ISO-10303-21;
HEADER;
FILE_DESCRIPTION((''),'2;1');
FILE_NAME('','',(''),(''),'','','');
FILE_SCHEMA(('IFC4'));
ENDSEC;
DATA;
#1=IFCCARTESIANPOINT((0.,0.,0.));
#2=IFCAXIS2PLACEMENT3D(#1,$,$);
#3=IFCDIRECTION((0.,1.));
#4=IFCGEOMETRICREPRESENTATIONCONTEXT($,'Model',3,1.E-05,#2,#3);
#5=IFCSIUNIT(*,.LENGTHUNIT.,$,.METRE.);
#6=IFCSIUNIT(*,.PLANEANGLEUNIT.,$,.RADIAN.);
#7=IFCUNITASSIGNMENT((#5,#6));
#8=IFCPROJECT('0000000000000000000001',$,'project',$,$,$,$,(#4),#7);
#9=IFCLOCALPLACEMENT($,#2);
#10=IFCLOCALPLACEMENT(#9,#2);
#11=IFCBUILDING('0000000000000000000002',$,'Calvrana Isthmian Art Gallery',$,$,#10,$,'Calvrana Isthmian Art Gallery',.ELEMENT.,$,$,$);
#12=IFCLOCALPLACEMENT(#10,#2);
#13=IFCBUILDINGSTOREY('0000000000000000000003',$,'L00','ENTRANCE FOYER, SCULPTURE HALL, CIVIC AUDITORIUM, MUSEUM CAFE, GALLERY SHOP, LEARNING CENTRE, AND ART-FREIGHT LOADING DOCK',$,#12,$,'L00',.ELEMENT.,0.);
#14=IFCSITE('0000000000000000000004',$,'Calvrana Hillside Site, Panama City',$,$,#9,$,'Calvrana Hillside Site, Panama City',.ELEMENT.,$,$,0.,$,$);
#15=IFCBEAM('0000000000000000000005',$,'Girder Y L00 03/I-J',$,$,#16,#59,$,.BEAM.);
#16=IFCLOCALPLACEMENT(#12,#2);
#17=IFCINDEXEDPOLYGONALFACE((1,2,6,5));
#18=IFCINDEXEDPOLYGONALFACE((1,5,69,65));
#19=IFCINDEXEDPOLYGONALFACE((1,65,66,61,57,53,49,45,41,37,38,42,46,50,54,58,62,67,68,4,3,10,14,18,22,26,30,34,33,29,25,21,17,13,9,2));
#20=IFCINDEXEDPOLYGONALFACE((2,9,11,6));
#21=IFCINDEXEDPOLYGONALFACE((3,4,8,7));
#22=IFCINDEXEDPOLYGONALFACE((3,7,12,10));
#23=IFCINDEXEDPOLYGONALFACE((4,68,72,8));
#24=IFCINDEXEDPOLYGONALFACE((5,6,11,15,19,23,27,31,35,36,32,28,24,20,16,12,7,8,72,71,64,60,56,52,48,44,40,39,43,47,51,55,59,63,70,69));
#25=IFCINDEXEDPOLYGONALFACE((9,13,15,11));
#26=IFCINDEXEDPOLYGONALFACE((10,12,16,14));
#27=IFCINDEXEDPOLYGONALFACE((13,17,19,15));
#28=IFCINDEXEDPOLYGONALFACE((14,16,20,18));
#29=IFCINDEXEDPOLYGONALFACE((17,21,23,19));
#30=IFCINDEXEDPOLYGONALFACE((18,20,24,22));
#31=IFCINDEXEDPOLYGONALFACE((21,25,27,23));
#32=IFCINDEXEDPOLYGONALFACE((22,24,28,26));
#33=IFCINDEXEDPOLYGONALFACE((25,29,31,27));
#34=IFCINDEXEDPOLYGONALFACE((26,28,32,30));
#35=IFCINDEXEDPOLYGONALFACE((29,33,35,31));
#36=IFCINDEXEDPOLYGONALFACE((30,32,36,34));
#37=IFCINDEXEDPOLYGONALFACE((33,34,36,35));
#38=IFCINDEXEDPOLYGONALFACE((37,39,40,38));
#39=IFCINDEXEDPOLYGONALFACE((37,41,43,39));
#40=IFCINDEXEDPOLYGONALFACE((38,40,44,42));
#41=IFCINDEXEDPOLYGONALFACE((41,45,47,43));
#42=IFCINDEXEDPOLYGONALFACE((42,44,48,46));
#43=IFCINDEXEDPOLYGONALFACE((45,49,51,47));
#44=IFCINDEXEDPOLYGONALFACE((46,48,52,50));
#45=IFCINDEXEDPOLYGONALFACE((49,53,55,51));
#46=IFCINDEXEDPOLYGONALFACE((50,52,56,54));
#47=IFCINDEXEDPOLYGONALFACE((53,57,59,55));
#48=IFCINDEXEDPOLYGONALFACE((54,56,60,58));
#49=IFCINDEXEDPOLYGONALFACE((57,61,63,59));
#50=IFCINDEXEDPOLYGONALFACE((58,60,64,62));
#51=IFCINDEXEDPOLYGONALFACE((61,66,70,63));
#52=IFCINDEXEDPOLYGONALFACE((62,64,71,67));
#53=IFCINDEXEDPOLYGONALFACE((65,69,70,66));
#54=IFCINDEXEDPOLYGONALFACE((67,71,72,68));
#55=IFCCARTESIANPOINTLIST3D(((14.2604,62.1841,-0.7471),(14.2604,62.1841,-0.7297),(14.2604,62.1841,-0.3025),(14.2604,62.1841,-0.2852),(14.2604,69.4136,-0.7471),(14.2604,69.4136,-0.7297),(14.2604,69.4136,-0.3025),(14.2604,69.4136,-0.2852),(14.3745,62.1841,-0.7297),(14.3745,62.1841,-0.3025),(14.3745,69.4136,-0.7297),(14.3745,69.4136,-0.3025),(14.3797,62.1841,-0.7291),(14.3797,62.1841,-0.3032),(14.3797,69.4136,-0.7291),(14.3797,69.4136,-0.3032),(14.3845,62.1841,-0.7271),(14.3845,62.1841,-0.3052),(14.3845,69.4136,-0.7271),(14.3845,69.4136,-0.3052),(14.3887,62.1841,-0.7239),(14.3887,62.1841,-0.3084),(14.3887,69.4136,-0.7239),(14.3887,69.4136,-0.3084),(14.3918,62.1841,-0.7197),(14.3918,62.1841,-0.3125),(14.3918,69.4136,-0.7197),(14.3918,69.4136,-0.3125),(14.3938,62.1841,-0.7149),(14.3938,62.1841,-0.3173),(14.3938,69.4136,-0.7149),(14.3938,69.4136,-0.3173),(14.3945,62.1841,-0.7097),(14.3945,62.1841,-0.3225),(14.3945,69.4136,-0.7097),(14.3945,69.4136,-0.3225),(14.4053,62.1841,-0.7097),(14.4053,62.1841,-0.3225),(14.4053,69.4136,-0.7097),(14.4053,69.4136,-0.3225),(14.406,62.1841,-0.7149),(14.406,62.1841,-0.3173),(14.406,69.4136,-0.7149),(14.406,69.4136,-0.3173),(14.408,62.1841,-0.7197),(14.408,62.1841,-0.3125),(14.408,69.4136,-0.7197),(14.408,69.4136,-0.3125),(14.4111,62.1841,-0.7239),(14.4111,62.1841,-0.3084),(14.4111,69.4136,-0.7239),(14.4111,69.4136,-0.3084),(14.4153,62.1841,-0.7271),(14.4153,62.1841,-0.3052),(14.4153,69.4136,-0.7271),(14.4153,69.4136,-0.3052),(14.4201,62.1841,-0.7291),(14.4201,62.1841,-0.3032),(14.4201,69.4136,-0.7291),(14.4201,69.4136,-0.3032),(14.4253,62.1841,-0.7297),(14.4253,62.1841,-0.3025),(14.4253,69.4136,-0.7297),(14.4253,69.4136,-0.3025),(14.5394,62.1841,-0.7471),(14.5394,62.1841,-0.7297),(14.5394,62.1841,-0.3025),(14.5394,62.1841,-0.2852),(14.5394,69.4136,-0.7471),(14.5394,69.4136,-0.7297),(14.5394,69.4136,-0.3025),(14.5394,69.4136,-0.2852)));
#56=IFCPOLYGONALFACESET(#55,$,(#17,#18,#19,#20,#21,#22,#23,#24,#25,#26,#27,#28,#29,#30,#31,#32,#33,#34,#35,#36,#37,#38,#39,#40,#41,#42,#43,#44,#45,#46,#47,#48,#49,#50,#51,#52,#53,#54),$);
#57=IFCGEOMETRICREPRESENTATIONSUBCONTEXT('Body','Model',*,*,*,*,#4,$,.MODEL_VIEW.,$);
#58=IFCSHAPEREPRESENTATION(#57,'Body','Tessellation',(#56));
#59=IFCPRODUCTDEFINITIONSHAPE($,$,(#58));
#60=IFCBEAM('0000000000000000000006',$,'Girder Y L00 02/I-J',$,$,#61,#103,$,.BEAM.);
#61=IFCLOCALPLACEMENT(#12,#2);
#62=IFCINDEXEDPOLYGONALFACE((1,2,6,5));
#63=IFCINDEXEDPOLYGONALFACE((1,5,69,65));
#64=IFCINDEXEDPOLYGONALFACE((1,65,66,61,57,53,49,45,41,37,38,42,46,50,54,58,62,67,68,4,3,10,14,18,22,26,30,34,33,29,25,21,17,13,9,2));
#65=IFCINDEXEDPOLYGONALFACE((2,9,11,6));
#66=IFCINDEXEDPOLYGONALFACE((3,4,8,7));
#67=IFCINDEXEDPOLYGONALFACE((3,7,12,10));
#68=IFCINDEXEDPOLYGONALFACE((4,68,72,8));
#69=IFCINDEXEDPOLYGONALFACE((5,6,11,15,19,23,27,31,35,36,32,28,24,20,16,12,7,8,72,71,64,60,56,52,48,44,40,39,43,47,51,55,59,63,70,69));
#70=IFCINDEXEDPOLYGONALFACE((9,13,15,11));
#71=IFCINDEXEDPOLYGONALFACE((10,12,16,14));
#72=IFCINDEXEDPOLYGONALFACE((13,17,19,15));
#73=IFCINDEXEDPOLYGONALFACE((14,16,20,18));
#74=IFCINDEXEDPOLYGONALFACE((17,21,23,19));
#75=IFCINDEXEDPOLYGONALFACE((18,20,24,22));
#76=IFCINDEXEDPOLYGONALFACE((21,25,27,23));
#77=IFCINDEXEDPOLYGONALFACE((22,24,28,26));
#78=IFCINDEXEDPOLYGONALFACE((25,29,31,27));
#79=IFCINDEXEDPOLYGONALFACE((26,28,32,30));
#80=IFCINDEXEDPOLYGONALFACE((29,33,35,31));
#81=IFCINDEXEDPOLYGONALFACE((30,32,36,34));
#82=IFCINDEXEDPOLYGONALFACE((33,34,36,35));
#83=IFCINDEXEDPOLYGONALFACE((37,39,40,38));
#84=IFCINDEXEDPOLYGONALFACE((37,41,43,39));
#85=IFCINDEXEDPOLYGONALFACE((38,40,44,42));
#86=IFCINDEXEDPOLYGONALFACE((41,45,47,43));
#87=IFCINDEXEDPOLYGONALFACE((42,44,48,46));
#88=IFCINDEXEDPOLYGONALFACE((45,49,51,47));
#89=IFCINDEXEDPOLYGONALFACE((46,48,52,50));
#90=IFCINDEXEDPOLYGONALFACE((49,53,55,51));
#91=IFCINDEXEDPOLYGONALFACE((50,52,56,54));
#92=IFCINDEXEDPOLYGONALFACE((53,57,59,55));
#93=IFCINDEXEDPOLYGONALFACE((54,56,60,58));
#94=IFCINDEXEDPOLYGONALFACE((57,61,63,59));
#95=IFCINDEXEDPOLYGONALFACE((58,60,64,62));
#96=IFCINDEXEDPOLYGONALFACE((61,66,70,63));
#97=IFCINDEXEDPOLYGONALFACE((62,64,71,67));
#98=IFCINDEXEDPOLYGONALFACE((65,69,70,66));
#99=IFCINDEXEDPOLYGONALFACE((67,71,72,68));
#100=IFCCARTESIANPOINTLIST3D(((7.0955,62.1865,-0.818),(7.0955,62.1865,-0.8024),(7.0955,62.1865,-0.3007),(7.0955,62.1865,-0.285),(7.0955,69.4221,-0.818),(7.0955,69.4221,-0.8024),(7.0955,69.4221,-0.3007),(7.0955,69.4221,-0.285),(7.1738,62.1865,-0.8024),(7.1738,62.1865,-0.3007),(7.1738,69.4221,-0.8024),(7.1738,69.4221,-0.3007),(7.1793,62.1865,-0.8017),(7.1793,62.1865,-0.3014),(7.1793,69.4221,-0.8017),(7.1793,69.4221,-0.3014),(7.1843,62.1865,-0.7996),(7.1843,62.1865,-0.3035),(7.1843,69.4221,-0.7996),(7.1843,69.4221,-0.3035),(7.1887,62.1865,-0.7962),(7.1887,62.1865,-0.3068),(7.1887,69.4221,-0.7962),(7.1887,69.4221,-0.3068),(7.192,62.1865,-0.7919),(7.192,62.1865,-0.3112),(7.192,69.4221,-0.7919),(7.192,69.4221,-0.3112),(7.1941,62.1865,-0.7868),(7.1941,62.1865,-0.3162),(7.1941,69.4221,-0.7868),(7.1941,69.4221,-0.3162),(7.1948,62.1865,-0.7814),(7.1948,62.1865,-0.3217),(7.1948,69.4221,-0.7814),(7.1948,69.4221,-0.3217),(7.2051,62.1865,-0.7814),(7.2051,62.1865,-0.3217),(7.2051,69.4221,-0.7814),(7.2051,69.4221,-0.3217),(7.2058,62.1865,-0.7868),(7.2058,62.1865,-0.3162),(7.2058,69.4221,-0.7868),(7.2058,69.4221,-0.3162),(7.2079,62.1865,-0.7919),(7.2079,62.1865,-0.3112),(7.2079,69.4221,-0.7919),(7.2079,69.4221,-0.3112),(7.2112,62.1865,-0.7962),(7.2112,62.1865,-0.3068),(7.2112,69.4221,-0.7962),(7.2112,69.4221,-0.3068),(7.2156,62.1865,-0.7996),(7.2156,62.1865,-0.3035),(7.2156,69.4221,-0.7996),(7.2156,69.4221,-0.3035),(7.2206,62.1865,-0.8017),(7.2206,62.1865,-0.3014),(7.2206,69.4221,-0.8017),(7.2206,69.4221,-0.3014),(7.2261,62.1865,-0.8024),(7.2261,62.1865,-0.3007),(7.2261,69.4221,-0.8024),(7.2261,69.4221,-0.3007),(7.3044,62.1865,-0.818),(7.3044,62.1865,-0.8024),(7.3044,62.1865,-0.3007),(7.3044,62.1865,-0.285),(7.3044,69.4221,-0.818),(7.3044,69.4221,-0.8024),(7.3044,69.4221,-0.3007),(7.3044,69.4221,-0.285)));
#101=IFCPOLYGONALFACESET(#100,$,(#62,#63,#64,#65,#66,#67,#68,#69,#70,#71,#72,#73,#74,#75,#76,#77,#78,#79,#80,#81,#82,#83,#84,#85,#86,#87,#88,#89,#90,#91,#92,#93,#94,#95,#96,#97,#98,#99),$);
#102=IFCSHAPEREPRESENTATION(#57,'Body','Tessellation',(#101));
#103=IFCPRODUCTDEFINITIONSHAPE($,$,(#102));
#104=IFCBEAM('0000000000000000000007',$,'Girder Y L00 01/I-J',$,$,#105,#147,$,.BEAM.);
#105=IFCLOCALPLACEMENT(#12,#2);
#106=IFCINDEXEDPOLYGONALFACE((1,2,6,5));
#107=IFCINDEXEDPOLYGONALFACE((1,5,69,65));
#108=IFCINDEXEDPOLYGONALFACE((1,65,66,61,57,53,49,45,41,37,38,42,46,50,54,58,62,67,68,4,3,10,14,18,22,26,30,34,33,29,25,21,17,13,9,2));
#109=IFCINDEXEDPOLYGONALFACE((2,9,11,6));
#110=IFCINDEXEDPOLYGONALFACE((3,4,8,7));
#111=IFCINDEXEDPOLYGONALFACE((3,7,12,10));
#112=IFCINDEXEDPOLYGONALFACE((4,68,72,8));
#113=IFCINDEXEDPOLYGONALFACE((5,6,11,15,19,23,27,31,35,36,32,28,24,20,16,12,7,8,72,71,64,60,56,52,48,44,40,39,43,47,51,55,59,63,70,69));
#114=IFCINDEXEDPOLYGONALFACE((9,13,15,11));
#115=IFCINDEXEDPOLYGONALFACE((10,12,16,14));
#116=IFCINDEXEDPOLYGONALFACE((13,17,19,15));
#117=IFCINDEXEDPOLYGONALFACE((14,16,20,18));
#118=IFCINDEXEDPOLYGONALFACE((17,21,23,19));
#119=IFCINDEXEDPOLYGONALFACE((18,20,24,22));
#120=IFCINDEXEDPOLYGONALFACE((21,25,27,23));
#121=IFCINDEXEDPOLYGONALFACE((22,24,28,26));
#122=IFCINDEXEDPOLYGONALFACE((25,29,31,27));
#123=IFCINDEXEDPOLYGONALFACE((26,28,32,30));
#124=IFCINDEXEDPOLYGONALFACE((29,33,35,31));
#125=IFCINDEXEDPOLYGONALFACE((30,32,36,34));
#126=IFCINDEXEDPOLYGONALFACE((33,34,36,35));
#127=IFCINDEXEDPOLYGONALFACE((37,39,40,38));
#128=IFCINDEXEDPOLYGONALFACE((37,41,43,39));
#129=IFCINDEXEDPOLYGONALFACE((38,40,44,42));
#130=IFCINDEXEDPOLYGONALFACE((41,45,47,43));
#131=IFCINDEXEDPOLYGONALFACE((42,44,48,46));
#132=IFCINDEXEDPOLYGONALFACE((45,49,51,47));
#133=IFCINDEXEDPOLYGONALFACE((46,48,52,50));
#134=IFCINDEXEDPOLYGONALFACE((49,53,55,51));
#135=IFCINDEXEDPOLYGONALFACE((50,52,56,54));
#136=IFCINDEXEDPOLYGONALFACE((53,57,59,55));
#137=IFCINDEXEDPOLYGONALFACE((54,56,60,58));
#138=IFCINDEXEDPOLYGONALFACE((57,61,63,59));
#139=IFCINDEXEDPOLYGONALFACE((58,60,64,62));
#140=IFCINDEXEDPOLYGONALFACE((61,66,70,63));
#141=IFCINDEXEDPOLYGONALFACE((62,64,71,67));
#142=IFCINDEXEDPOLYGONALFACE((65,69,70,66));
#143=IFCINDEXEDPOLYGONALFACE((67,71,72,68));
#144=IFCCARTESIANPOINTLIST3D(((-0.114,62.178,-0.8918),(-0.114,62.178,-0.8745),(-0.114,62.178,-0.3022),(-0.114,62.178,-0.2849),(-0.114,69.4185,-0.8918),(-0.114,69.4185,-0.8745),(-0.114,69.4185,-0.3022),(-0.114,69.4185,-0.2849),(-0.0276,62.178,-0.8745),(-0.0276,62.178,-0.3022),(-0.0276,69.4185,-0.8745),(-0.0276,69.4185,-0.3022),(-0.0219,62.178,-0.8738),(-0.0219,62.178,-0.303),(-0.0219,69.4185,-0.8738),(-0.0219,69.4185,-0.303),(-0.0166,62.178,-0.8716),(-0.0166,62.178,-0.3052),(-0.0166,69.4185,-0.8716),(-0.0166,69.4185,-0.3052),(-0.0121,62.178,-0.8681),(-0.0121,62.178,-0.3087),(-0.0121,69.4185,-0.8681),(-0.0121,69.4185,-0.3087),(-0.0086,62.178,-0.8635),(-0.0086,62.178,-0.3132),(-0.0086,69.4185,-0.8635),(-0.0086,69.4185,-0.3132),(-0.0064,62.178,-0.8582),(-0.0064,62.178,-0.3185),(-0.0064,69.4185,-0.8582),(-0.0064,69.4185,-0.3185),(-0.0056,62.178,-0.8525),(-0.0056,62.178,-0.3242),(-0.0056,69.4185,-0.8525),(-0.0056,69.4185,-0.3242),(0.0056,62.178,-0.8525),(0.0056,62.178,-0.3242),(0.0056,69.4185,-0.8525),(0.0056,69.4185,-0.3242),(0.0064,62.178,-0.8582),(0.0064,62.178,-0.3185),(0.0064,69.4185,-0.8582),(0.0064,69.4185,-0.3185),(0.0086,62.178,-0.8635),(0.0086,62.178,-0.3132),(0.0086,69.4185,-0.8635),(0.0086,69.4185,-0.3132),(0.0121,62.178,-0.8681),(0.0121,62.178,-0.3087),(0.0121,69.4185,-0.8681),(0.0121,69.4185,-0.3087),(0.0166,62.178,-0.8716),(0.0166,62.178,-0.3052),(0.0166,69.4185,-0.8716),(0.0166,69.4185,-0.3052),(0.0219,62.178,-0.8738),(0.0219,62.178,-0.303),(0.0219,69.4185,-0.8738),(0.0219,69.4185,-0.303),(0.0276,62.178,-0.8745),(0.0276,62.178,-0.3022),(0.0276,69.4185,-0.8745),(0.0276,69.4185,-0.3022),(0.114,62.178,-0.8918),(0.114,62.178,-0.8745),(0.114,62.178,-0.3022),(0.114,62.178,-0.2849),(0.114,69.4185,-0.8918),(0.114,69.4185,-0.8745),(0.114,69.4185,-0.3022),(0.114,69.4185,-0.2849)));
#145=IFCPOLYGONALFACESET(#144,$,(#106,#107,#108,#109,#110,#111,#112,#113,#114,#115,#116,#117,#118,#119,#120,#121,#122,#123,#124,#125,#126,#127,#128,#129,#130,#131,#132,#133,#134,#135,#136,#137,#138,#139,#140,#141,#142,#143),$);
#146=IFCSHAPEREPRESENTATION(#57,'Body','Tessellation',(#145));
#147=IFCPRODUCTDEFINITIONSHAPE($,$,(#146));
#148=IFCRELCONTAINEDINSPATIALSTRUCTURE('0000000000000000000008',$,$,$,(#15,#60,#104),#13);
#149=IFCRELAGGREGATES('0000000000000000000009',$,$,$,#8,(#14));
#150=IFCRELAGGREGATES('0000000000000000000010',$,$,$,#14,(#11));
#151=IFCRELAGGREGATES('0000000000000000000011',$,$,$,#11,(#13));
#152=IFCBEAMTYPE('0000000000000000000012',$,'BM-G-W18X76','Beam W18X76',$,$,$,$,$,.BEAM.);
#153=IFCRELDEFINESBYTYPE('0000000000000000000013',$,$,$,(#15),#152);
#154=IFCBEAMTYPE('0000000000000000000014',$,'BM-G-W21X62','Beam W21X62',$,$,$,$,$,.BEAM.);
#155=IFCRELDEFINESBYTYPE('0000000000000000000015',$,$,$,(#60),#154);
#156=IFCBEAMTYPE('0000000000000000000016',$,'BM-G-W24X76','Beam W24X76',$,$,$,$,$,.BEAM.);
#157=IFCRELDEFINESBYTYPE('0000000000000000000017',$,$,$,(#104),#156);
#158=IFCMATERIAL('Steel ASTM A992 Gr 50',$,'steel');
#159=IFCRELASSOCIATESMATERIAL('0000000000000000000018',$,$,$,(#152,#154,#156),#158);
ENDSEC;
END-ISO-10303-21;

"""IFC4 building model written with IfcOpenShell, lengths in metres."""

from ifc_helpers import new_model, si_unit, direction, frame, origin, origin_2d, place, context, subcontext, project, spatial, i_section, extrude, material, material_profile, profile_set, type_object, element, save


model = new_model("IFC4")

# Units and contexts
model_context = context("Model", 3, precision=1e-05, world=origin(), true_north=direction((0.0, 1.0)))
body_context = subcontext(model_context, "Body", "Model", "MODEL_VIEW")
ifc_project = project(units=[si_unit("LENGTHUNIT", "METRE"), si_unit("PLANEANGLEUNIT", "RADIAN")], contexts=[model_context])

# Site, building, storey
site_placement = place(None, origin())
site = spatial("IfcSite", under=ifc_project, at=site_placement, Name="Calvrana Hillside Site, Panama City", LongName="Calvrana Hillside Site, Panama City", CompositionType="ELEMENT", RefElevation=0.0)
building_placement = place(site_placement, origin())
building = spatial("IfcBuilding", under=site, at=building_placement, Name="Calvrana Isthmian Art Gallery", LongName="Calvrana Isthmian Art Gallery", CompositionType="ELEMENT")
storey_placement = place(building_placement, origin())
storey = spatial("IfcBuildingStorey", under=building, at=storey_placement, Name="L00", Description="ENTRANCE FOYER, SCULPTURE HALL, CIVIC AUDITORIUM, MUSEUM CAFE, GALLERY SHOP, LEARNING CENTRE, AND ART-FREIGHT LOADING DOCK", LongName="L00", CompositionType="ELEMENT", Elevation=0.0)

# Beams
ifc_material_1 = material(Name="Steel ASTM A992 Gr 50", Category="steel")
ifc_material_profile_1 = material_profile(ifc_material_1, i_section(OverallWidth=0.2791, OverallDepth=0.4619, WebThickness=0.0107, FlangeThickness=0.0173, FilletRadius=0.02, at=origin_2d()), Name="W18X76")
ifc_profile_set_1 = profile_set([ifc_material_profile_1], Name="Steel ASTM A992 Gr 50")
beam_type_1 = type_object("IfcBeamType", Name="BM-G-W18X76", Description="Beam W18X76", PredefinedType="BEAM", material=ifc_profile_set_1)
beam_1_placement = place(storey_placement, frame((14.3999, 62.1841, -0.5161), z_axis=(0.0, 1.0, 0.0), x_axis=(-1.0, 0.0, 0.0)))
element("IfcBeam", 1, at=beam_1_placement, inside=storey, type_object=beam_type_1, Name="Girder Y L00 03/I-J", PredefinedType="BEAM", context=body_context, shape_type="SweptSolid", body=[
    extrude(i_section(OverallWidth=0.2791, OverallDepth=0.4619, WebThickness=0.0107, FlangeThickness=0.0173, FilletRadius=0.02, at=origin_2d()), origin(), (0.0, 0.0, 1.0), 7.2295),
])
ifc_material_profile_2 = material_profile(ifc_material_1, i_section(OverallWidth=0.209, OverallDepth=0.533, WebThickness=0.0103, FlangeThickness=0.0156, FilletRadius=0.021, at=origin_2d()), Name="W21X62")
ifc_profile_set_2 = profile_set([ifc_material_profile_2], Name="Steel ASTM A992 Gr 50")
beam_type_2 = type_object("IfcBeamType", Name="BM-G-W21X62", Description="Beam W21X62", PredefinedType="BEAM", material=ifc_profile_set_2)
beam_2_placement = place(storey_placement, frame((7.2, 62.1865, -0.5515), z_axis=(0.0, 1.0, 0.0), x_axis=(-1.0, 0.0, 0.0)))
element("IfcBeam", 2, at=beam_2_placement, inside=storey, type_object=beam_type_2, Name="Girder Y L00 02/I-J", PredefinedType="BEAM", context=body_context, shape_type="SweptSolid", body=[
    extrude(i_section(OverallWidth=0.209, OverallDepth=0.533, WebThickness=0.0103, FlangeThickness=0.0156, FilletRadius=0.021, at=origin_2d()), origin(), (0.0, 0.0, 1.0), 7.2356),
])
ifc_material_profile_3 = material_profile(ifc_material_1, i_section(OverallWidth=0.228, OverallDepth=0.6069, WebThickness=0.0112, FlangeThickness=0.0173, FilletRadius=0.022, at=origin_2d()), Name="W24X76")
ifc_profile_set_3 = profile_set([ifc_material_profile_3], Name="Steel ASTM A992 Gr 50")
beam_type_3 = type_object("IfcBeamType", Name="BM-G-W24X76", Description="Beam W24X76", PredefinedType="BEAM", material=ifc_profile_set_3)
beam_3_placement = place(storey_placement, frame((0.0, 62.178, -0.5884), z_axis=(0.0, 1.0, 0.0), x_axis=(-1.0, 0.0, 0.0)))
element("IfcBeam", 3, at=beam_3_placement, inside=storey, type_object=beam_type_3, Name="Girder Y L00 01/I-J", PredefinedType="BEAM", context=body_context, shape_type="SweptSolid", body=[
    extrude(i_section(OverallWidth=0.228, OverallDepth=0.6069, WebThickness=0.0112, FlangeThickness=0.0173, FilletRadius=0.022, at=origin_2d()), origin(), (0.0, 0.0, 1.0), 7.2405),
])

save(model, "model.ifc")
